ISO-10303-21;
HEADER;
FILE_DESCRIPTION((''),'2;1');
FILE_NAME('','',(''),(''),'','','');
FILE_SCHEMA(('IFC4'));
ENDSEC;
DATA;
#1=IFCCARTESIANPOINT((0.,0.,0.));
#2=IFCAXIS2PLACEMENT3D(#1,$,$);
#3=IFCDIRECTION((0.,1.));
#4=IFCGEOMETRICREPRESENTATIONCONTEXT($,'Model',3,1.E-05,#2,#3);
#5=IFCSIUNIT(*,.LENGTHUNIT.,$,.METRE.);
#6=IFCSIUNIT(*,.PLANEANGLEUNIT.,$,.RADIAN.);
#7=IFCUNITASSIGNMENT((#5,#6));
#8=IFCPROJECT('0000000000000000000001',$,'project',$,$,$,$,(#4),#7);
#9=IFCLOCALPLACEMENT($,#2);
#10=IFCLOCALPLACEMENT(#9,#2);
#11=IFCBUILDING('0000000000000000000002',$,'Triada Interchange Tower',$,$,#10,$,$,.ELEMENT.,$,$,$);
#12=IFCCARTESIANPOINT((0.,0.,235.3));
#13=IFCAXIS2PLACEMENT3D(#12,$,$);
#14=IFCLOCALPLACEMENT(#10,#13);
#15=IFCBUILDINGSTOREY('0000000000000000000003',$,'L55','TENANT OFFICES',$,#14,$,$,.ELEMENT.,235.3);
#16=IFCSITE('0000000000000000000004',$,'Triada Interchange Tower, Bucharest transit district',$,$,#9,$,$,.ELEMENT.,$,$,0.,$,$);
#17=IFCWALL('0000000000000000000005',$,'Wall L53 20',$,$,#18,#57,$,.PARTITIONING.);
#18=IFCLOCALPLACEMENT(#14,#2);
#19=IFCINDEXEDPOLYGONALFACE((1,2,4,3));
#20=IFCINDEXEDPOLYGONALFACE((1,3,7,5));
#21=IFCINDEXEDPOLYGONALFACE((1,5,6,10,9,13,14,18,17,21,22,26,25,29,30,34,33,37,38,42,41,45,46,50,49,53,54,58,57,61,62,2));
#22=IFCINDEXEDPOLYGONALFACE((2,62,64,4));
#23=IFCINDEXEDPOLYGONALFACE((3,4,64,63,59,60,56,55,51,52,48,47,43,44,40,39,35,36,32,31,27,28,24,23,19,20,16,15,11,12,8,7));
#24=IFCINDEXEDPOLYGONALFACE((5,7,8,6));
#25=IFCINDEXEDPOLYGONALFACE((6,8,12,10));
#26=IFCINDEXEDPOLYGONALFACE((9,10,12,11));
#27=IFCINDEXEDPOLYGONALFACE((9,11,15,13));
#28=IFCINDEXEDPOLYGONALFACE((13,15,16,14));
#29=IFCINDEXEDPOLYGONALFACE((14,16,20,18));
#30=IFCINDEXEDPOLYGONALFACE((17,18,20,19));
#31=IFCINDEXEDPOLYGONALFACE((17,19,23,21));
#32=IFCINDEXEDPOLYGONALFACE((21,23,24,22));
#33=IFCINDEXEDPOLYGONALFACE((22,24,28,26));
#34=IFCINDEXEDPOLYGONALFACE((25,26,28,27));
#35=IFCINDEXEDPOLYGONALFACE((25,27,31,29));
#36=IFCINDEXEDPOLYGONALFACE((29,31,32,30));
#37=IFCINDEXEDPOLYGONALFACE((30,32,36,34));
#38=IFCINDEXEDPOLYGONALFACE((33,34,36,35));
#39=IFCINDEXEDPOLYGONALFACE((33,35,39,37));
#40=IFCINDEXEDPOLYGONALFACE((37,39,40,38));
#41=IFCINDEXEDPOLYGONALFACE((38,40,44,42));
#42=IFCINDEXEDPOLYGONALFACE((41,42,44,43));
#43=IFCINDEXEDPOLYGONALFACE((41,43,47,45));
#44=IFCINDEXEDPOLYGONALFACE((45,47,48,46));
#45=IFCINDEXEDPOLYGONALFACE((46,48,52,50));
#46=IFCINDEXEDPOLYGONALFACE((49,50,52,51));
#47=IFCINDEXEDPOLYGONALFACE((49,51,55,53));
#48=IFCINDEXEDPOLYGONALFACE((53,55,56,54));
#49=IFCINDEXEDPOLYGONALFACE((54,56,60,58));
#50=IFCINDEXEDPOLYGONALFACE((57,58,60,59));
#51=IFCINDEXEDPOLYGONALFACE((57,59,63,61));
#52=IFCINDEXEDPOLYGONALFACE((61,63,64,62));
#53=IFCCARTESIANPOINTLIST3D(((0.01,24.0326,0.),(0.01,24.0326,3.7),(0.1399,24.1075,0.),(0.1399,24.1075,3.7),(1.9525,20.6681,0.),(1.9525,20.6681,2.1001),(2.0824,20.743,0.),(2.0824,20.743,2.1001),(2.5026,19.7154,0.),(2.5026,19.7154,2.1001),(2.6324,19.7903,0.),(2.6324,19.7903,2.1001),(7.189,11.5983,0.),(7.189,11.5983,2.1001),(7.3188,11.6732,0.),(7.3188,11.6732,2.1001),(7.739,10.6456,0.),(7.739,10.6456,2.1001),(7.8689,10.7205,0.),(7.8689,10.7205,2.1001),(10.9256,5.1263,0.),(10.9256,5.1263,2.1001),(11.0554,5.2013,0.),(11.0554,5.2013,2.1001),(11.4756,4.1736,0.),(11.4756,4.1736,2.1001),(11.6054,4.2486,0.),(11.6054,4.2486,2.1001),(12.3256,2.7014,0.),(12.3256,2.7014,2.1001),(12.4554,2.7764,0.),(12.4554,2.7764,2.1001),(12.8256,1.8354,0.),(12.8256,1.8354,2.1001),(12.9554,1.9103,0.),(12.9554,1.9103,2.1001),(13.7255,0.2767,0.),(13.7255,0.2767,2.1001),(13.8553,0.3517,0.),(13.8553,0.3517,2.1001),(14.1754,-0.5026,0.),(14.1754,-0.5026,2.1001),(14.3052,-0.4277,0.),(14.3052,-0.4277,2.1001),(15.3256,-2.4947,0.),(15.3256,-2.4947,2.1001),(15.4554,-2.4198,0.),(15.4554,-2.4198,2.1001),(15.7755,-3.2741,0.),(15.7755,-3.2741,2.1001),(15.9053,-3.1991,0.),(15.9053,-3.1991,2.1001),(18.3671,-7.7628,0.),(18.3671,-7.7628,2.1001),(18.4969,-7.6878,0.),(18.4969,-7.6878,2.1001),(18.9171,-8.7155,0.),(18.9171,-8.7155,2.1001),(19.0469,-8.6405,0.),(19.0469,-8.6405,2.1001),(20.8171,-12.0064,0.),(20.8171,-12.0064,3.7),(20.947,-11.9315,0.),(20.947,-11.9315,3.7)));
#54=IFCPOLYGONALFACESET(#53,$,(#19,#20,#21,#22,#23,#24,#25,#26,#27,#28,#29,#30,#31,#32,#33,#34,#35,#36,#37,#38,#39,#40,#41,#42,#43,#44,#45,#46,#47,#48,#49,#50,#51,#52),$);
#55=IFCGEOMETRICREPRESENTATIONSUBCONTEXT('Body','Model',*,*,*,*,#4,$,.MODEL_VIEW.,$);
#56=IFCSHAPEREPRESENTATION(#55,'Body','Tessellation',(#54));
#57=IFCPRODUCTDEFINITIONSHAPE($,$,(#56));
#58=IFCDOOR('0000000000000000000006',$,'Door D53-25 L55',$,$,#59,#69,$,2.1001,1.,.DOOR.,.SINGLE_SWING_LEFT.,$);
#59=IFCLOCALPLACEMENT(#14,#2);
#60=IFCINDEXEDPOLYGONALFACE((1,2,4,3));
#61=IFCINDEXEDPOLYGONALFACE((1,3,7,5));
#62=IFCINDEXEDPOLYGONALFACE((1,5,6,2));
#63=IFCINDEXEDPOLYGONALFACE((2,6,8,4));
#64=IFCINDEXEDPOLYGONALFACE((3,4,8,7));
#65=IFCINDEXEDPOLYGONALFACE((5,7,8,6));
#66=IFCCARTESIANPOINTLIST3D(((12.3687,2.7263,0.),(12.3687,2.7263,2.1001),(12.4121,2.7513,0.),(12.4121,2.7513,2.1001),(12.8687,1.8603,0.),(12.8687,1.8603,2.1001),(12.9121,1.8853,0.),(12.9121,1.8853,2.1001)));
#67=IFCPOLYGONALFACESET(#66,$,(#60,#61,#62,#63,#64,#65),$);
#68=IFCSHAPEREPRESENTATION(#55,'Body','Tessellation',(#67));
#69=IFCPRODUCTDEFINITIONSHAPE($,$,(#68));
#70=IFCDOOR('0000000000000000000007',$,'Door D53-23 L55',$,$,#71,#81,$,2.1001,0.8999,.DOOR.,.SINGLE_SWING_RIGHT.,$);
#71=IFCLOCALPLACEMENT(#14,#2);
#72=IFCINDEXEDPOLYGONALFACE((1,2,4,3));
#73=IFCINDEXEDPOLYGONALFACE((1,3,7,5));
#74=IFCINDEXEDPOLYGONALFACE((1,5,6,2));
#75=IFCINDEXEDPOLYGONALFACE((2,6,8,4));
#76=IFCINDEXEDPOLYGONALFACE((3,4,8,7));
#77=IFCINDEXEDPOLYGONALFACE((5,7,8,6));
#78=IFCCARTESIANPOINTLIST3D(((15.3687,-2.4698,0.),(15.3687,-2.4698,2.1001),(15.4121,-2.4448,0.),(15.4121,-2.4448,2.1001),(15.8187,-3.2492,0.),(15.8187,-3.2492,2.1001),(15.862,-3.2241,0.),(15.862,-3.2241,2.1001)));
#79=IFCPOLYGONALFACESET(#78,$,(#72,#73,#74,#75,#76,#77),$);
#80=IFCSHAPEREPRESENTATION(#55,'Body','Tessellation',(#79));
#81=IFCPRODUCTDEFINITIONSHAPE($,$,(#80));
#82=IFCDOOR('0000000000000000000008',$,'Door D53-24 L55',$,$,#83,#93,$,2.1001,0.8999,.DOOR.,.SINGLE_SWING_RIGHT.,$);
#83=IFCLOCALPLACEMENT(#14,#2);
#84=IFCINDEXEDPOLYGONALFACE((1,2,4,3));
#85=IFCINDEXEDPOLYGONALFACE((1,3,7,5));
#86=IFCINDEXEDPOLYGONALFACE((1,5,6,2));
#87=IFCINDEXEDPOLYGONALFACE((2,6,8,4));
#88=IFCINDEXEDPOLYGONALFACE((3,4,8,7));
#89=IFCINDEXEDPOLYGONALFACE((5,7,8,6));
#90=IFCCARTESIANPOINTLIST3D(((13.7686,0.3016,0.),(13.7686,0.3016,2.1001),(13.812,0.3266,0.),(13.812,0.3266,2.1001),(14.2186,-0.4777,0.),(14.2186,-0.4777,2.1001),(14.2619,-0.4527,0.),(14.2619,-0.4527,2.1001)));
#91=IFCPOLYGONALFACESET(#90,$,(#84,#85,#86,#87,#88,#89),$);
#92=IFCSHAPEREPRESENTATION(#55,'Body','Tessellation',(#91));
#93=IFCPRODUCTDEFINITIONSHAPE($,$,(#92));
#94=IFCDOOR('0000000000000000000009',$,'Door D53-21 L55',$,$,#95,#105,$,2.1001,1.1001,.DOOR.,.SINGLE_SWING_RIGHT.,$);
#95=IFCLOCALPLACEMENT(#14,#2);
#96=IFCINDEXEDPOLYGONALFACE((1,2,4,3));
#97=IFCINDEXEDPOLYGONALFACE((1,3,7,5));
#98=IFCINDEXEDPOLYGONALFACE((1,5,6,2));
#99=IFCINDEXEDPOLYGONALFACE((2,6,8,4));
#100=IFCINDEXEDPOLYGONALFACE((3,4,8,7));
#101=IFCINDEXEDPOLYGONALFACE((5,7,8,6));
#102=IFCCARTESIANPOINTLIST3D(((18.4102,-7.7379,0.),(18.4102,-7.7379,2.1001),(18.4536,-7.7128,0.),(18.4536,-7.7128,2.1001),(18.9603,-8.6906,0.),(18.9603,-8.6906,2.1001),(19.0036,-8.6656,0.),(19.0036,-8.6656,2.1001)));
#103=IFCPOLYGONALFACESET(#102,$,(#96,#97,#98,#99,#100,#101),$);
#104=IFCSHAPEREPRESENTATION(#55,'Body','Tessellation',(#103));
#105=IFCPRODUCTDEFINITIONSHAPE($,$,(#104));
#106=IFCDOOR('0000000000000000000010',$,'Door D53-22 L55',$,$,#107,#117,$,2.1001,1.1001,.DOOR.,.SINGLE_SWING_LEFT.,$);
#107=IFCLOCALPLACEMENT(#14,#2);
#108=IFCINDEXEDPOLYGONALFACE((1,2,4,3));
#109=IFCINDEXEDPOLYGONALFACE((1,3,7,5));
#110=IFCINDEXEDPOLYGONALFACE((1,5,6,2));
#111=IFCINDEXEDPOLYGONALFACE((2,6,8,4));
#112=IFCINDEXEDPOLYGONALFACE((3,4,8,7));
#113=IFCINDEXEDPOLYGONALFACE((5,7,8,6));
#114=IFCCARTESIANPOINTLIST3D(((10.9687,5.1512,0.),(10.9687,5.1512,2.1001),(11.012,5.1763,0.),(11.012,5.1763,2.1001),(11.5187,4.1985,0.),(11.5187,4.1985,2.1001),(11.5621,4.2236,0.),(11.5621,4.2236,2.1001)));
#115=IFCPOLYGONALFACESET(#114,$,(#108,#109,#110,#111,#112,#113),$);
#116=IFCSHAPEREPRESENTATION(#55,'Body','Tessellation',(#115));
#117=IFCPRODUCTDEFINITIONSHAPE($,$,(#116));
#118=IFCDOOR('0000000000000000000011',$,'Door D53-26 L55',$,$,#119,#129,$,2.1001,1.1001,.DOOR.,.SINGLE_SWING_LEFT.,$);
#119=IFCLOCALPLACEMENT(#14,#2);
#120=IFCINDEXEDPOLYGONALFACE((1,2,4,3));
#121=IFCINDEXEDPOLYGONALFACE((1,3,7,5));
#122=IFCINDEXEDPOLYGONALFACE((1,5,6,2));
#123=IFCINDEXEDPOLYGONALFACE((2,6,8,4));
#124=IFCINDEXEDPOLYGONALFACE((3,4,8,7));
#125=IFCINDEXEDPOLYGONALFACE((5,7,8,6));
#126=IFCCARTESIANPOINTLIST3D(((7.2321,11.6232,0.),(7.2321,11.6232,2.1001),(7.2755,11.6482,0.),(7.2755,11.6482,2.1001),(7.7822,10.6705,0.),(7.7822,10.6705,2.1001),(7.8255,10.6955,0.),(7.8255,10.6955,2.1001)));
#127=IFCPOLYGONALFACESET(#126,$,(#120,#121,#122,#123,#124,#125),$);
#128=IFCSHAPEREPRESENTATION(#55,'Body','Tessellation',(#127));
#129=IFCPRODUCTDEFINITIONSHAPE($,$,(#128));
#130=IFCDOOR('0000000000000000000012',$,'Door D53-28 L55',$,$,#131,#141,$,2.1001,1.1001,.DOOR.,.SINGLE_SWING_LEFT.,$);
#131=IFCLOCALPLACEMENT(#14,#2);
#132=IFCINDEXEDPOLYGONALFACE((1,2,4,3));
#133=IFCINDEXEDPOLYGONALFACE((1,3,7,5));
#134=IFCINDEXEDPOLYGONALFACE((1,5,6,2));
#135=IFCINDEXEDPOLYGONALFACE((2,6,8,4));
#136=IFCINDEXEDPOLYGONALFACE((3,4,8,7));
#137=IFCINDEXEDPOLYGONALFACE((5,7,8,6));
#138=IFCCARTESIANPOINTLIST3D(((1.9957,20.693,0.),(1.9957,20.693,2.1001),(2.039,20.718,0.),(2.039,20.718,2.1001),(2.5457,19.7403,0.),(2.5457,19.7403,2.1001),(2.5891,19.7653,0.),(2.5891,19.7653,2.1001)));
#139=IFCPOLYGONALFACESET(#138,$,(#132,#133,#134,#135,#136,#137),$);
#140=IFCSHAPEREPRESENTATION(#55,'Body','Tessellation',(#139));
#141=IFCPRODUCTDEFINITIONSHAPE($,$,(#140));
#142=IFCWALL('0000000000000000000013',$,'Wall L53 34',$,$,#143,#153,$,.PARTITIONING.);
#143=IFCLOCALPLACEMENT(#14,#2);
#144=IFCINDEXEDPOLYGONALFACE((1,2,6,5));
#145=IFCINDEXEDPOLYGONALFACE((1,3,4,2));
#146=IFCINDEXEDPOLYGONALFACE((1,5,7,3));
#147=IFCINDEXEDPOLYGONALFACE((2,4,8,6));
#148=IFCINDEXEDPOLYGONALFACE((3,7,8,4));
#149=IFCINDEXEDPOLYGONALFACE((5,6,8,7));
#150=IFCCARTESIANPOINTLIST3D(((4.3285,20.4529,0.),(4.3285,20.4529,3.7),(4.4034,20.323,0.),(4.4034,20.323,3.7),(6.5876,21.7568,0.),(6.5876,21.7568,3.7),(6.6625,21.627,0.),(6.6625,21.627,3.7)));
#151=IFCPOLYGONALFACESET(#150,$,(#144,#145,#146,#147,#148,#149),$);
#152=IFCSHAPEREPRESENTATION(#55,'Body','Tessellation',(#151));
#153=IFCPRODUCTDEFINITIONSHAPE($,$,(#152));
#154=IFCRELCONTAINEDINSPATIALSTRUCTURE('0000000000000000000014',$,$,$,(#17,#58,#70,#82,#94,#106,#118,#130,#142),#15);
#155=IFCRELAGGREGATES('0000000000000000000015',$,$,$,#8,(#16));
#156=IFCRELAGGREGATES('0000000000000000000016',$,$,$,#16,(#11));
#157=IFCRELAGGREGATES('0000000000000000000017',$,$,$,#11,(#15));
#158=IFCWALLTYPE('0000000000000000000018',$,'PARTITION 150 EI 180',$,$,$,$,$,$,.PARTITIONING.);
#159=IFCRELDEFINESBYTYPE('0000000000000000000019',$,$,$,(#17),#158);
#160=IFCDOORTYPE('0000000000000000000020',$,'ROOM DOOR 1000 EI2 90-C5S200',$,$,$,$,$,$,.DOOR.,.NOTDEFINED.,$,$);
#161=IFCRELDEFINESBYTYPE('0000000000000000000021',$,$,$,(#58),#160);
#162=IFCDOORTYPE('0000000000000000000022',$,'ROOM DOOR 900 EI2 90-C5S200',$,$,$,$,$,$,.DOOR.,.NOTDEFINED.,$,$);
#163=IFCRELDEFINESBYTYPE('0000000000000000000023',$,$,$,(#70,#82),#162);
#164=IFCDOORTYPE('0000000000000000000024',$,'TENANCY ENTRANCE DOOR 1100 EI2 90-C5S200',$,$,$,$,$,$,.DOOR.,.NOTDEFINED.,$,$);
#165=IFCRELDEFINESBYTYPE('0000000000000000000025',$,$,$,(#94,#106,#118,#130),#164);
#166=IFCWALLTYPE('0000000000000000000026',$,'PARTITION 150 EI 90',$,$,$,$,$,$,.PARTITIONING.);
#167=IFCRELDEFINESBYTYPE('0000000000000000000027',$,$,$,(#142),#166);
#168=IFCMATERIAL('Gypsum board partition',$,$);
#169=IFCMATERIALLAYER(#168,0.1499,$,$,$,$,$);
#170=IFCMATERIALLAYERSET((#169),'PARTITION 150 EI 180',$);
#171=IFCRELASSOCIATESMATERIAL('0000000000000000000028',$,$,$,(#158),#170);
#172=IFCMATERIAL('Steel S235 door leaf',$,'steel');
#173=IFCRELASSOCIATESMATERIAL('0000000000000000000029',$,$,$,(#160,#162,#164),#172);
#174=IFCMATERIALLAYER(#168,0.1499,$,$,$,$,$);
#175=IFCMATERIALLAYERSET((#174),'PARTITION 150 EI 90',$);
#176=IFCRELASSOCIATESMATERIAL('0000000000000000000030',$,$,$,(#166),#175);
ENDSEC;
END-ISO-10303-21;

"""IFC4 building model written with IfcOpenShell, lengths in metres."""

from ifc_helpers import new_model, si_unit, direction, frame, frame_2d, origin, place, context, subcontext, project, spatial, rectangle, extrude, material, layer, layer_set, type_object, element, fill, save


model = new_model("IFC4")

# Units and contexts
model_context = context("Model", 3, precision=1e-05, world=origin(), true_north=direction((0.0, 1.0)))
body_context = subcontext(model_context, "Body", "Model", "MODEL_VIEW")
ifc_project = project(units=[si_unit("LENGTHUNIT", "METRE"), si_unit("PLANEANGLEUNIT", "RADIAN")], contexts=[model_context])

# Site, building, storey
site_placement = place(None, origin())
site = spatial("IfcSite", under=ifc_project, at=site_placement, Name="Triada Interchange Tower, Bucharest transit district", CompositionType="ELEMENT", RefElevation=0.0)
building_placement = place(site_placement, origin())
building = spatial("IfcBuilding", under=site, at=building_placement, Name="Triada Interchange Tower", CompositionType="ELEMENT")
storey_placement = place(building_placement, frame((0.0, 0.0, 235.3)))
storey = spatial("IfcBuildingStorey", under=building, at=storey_placement, Name="L55", Description="TENANT OFFICES", CompositionType="ELEMENT", Elevation=235.3)

# Wall, openings, doors
ifc_material_1 = material(Name="Gypsum board partition")
ifc_layer_1 = layer(ifc_material_1, 0.1499)
ifc_layer_set_1 = layer_set([ifc_layer_1], Name="PARTITION 150 EI 180")
wall_type_1 = type_object("IfcWallType", Name="PARTITION 150 EI 180", PredefinedType="PARTITIONING", material=ifc_layer_set_1)
wall_1_placement = place(storey_placement, frame((0.075, 24.0701, 0.0), z_axis=(0.0, 0.0, 1.0), x_axis=(0.499999, -0.866026, 0.0)))
wall_1 = element("IfcWall", 1, at=wall_1_placement, inside=storey, type_object=wall_type_1, Name="Wall L53 20", PredefinedType="PARTITIONING", context=body_context, shape_type="SweptSolid", body=[
    extrude(rectangle(XDim=41.6143, YDim=0.1499, at=frame_2d((20.8071, 0.0))), origin(), (0.0, 0.0, 1.0), 3.7),
])
opening_1_placement = place(wall_1_placement, frame((36.7141, 0.0, 0.0)))
opening_1 = element("IfcOpeningElement", 2, at=opening_1_placement, cuts=wall_1, PredefinedType="OPENING", context=body_context, shape_type="SweptSolid", body=[
    extrude(rectangle(XDim=1.1001, YDim=2.1001, at=frame_2d((0.55, 1.05))), frame((0.0, 0.085, 0.0), z_axis=(0.0, -1.0, 0.0), x_axis=(1.0, 0.0, 0.0)), (0.0, 0.0, 1.0), 0.1699),
])
opening_2_placement = place(wall_1_placement, frame((21.8311, 0.0, 0.0)))
opening_2 = element("IfcOpeningElement", 3, at=opening_2_placement, cuts=wall_1, PredefinedType="OPENING", context=body_context, shape_type="SweptSolid", body=[
    extrude(rectangle(XDim=1.1001, YDim=2.1001, at=frame_2d((0.55, 1.05))), frame((0.0, 0.085, 0.0), z_axis=(0.0, -1.0, 0.0), x_axis=(1.0, 0.0, 0.0)), (0.0, 0.0, 1.0), 0.1699),
])
opening_3_placement = place(wall_1_placement, frame((30.6311, 0.0, 0.0)))
opening_3 = element("IfcOpeningElement", 4, at=opening_3_placement, cuts=wall_1, PredefinedType="OPENING", context=body_context, shape_type="SweptSolid", body=[
    extrude(rectangle(XDim=0.8999, YDim=2.1001, at=frame_2d((0.45, 1.05))), frame((0.0, 0.085, 0.0), z_axis=(0.0, -1.0, 0.0), x_axis=(1.0, 0.0, 0.0)), (0.0, 0.0, 1.0), 0.1699),
])
opening_4_placement = place(wall_1_placement, frame((27.4309, 0.0, 0.0)))
opening_4 = element("IfcOpeningElement", 5, at=opening_4_placement, cuts=wall_1, PredefinedType="OPENING", context=body_context, shape_type="SweptSolid", body=[
    extrude(rectangle(XDim=0.8999, YDim=2.1001, at=frame_2d((0.45, 1.05))), frame((0.0, 0.085, 0.0), z_axis=(0.0, -1.0, 0.0), x_axis=(1.0, 0.0, 0.0)), (0.0, 0.0, 1.0), 0.1699),
])
opening_5_placement = place(wall_1_placement, frame((24.6311, 0.0, 0.0)))
opening_5 = element("IfcOpeningElement", 6, at=opening_5_placement, cuts=wall_1, PredefinedType="OPENING", context=body_context, shape_type="SweptSolid", body=[
    extrude(rectangle(XDim=1.0, YDim=2.1001, at=frame_2d((0.5, 1.05))), frame((0.0, 0.085, 0.0), z_axis=(0.0, -1.0, 0.0), x_axis=(1.0, 0.0, 0.0)), (0.0, 0.0, 1.0), 0.1699),
])
opening_6_placement = place(wall_1_placement, frame((14.3579, 0.0, 0.0)))
opening_6 = element("IfcOpeningElement", 7, at=opening_6_placement, cuts=wall_1, PredefinedType="OPENING", context=body_context, shape_type="SweptSolid", body=[
    extrude(rectangle(XDim=1.1001, YDim=2.1001, at=frame_2d((0.55, 1.05))), frame((0.0, 0.085, 0.0), z_axis=(0.0, -1.0, 0.0), x_axis=(1.0, 0.0, 0.0)), (0.0, 0.0, 1.0), 0.1699),
])
opening_7_placement = place(wall_1_placement, frame((3.885, 0.0, 0.0)))
opening_7 = element("IfcOpeningElement", 8, at=opening_7_placement, cuts=wall_1, PredefinedType="OPENING", context=body_context, shape_type="SweptSolid", body=[
    extrude(rectangle(XDim=1.1001, YDim=2.1001, at=frame_2d((0.55, 1.05))), frame((0.0, 0.085, 0.0), z_axis=(0.0, -1.0, 0.0), x_axis=(1.0, 0.0, 0.0)), (0.0, 0.0, 1.0), 0.1699),
])
ifc_material_2 = material(Name="Steel S235 door leaf", Category="steel")
door_type_1 = type_object("IfcDoorType", Name="ROOM DOOR 1000 EI2 90-C5S200", OperationType="NOTDEFINED", PredefinedType="DOOR", material=ifc_material_2)
door_1_placement = place(opening_5_placement, origin())
door_1 = element("IfcDoor", 9, at=door_1_placement, inside=storey, type_object=door_type_1, Name="Door D53-25 L55", OperationType="SINGLE_SWING_LEFT", OverallHeight=2.1001, OverallWidth=1.0, PredefinedType="DOOR", context=body_context, shape_type="SweptSolid", body=[
    extrude(rectangle(XDim=1.0, YDim=2.1001, at=frame_2d((0.5, 1.05))), frame((0.0, 0.0249, 0.0), z_axis=(0.0, -1.0, 0.0), x_axis=(1.0, 0.0, 0.0)), (0.0, 0.0, 1.0), 0.05),
])
fill(opening_5, door_1)
door_type_2 = type_object("IfcDoorType", Name="ROOM DOOR 900 EI2 90-C5S200", OperationType="NOTDEFINED", PredefinedType="DOOR", material=ifc_material_2)
door_2_placement = place(opening_3_placement, origin())
door_2 = element("IfcDoor", 10, at=door_2_placement, inside=storey, type_object=door_type_2, Name="Door D53-23 L55", OperationType="SINGLE_SWING_RIGHT", OverallHeight=2.1001, OverallWidth=0.8999, PredefinedType="DOOR", context=body_context, shape_type="SweptSolid", body=[
    extrude(rectangle(XDim=0.8999, YDim=2.1001, at=frame_2d((0.45, 1.05))), frame((0.0, 0.0249, 0.0), z_axis=(0.0, -1.0, 0.0), x_axis=(1.0, 0.0, 0.0)), (0.0, 0.0, 1.0), 0.05),
])
fill(opening_3, door_2)
door_3_placement = place(opening_4_placement, origin())
door_3 = element("IfcDoor", 11, at=door_3_placement, inside=storey, type_object=door_type_2, Name="Door D53-24 L55", OperationType="SINGLE_SWING_RIGHT", OverallHeight=2.1001, OverallWidth=0.8999, PredefinedType="DOOR", context=body_context, shape_type="SweptSolid", body=[
    extrude(rectangle(XDim=0.8999, YDim=2.1001, at=frame_2d((0.45, 1.05))), frame((0.0, 0.0249, 0.0), z_axis=(0.0, -1.0, 0.0), x_axis=(1.0, 0.0, 0.0)), (0.0, 0.0, 1.0), 0.05),
])
fill(opening_4, door_3)
door_type_3 = type_object("IfcDoorType", Name="TENANCY ENTRANCE DOOR 1100 EI2 90-C5S200", OperationType="NOTDEFINED", PredefinedType="DOOR", material=ifc_material_2)
door_4_placement = place(opening_1_placement, origin())
door_4 = element("IfcDoor", 12, at=door_4_placement, inside=storey, type_object=door_type_3, Name="Door D53-21 L55", OperationType="SINGLE_SWING_RIGHT", OverallHeight=2.1001, OverallWidth=1.1001, PredefinedType="DOOR", context=body_context, shape_type="SweptSolid", body=[
    extrude(rectangle(XDim=1.1001, YDim=2.1001, at=frame_2d((0.55, 1.05))), frame((0.0, 0.0249, 0.0), z_axis=(0.0, -1.0, 0.0), x_axis=(1.0, 0.0, 0.0)), (0.0, 0.0, 1.0), 0.05),
])
fill(opening_1, door_4)
door_5_placement = place(opening_2_placement, origin())
door_5 = element("IfcDoor", 13, at=door_5_placement, inside=storey, type_object=door_type_3, Name="Door D53-22 L55", OperationType="SINGLE_SWING_LEFT", OverallHeight=2.1001, OverallWidth=1.1001, PredefinedType="DOOR", context=body_context, shape_type="SweptSolid", body=[
    extrude(rectangle(XDim=1.1001, YDim=2.1001, at=frame_2d((0.55, 1.05))), frame((0.0, 0.0249, 0.0), z_axis=(0.0, -1.0, 0.0), x_axis=(1.0, 0.0, 0.0)), (0.0, 0.0, 1.0), 0.05),
])
fill(opening_2, door_5)
door_6_placement = place(opening_6_placement, origin())
door_6 = element("IfcDoor", 14, at=door_6_placement, inside=storey, type_object=door_type_3, Name="Door D53-26 L55", OperationType="SINGLE_SWING_LEFT", OverallHeight=2.1001, OverallWidth=1.1001, PredefinedType="DOOR", context=body_context, shape_type="SweptSolid", body=[
    extrude(rectangle(XDim=1.1001, YDim=2.1001, at=frame_2d((0.55, 1.05))), frame((0.0, 0.0249, 0.0), z_axis=(0.0, -1.0, 0.0), x_axis=(1.0, 0.0, 0.0)), (0.0, 0.0, 1.0), 0.05),
])
fill(opening_6, door_6)
door_7_placement = place(opening_7_placement, origin())
door_7 = element("IfcDoor", 15, at=door_7_placement, inside=storey, type_object=door_type_3, Name="Door D53-28 L55", OperationType="SINGLE_SWING_LEFT", OverallHeight=2.1001, OverallWidth=1.1001, PredefinedType="DOOR", context=body_context, shape_type="SweptSolid", body=[
    extrude(rectangle(XDim=1.1001, YDim=2.1001, at=frame_2d((0.55, 1.05))), frame((0.0, 0.0249, 0.0), z_axis=(0.0, -1.0, 0.0), x_axis=(1.0, 0.0, 0.0)), (0.0, 0.0, 1.0), 0.05),
])
fill(opening_7, door_7)

# Wall
ifc_layer_2 = layer(ifc_material_1, 0.1499)
ifc_layer_set_2 = layer_set([ifc_layer_2], Name="PARTITION 150 EI 90")
wall_type_2 = type_object("IfcWallType", Name="PARTITION 150 EI 90", PredefinedType="PARTITIONING", material=ifc_layer_set_2)
wall_2_placement = place(storey_placement, frame((4.366, 20.3879, 0.0), z_axis=(0.0, 0.0, 1.0), x_axis=(0.866075, 0.499914, 0.0)))
element("IfcWall", 16, at=wall_2_placement, inside=storey, type_object=wall_type_2, Name="Wall L53 34", PredefinedType="PARTITIONING", context=body_context, shape_type="SweptSolid", body=[
    extrude(rectangle(XDim=2.6084, YDim=0.1499, at=frame_2d((1.3042, 0.0))), origin(), (0.0, 0.0, 1.0), 3.7),
])

save(model, "model.ifc")
